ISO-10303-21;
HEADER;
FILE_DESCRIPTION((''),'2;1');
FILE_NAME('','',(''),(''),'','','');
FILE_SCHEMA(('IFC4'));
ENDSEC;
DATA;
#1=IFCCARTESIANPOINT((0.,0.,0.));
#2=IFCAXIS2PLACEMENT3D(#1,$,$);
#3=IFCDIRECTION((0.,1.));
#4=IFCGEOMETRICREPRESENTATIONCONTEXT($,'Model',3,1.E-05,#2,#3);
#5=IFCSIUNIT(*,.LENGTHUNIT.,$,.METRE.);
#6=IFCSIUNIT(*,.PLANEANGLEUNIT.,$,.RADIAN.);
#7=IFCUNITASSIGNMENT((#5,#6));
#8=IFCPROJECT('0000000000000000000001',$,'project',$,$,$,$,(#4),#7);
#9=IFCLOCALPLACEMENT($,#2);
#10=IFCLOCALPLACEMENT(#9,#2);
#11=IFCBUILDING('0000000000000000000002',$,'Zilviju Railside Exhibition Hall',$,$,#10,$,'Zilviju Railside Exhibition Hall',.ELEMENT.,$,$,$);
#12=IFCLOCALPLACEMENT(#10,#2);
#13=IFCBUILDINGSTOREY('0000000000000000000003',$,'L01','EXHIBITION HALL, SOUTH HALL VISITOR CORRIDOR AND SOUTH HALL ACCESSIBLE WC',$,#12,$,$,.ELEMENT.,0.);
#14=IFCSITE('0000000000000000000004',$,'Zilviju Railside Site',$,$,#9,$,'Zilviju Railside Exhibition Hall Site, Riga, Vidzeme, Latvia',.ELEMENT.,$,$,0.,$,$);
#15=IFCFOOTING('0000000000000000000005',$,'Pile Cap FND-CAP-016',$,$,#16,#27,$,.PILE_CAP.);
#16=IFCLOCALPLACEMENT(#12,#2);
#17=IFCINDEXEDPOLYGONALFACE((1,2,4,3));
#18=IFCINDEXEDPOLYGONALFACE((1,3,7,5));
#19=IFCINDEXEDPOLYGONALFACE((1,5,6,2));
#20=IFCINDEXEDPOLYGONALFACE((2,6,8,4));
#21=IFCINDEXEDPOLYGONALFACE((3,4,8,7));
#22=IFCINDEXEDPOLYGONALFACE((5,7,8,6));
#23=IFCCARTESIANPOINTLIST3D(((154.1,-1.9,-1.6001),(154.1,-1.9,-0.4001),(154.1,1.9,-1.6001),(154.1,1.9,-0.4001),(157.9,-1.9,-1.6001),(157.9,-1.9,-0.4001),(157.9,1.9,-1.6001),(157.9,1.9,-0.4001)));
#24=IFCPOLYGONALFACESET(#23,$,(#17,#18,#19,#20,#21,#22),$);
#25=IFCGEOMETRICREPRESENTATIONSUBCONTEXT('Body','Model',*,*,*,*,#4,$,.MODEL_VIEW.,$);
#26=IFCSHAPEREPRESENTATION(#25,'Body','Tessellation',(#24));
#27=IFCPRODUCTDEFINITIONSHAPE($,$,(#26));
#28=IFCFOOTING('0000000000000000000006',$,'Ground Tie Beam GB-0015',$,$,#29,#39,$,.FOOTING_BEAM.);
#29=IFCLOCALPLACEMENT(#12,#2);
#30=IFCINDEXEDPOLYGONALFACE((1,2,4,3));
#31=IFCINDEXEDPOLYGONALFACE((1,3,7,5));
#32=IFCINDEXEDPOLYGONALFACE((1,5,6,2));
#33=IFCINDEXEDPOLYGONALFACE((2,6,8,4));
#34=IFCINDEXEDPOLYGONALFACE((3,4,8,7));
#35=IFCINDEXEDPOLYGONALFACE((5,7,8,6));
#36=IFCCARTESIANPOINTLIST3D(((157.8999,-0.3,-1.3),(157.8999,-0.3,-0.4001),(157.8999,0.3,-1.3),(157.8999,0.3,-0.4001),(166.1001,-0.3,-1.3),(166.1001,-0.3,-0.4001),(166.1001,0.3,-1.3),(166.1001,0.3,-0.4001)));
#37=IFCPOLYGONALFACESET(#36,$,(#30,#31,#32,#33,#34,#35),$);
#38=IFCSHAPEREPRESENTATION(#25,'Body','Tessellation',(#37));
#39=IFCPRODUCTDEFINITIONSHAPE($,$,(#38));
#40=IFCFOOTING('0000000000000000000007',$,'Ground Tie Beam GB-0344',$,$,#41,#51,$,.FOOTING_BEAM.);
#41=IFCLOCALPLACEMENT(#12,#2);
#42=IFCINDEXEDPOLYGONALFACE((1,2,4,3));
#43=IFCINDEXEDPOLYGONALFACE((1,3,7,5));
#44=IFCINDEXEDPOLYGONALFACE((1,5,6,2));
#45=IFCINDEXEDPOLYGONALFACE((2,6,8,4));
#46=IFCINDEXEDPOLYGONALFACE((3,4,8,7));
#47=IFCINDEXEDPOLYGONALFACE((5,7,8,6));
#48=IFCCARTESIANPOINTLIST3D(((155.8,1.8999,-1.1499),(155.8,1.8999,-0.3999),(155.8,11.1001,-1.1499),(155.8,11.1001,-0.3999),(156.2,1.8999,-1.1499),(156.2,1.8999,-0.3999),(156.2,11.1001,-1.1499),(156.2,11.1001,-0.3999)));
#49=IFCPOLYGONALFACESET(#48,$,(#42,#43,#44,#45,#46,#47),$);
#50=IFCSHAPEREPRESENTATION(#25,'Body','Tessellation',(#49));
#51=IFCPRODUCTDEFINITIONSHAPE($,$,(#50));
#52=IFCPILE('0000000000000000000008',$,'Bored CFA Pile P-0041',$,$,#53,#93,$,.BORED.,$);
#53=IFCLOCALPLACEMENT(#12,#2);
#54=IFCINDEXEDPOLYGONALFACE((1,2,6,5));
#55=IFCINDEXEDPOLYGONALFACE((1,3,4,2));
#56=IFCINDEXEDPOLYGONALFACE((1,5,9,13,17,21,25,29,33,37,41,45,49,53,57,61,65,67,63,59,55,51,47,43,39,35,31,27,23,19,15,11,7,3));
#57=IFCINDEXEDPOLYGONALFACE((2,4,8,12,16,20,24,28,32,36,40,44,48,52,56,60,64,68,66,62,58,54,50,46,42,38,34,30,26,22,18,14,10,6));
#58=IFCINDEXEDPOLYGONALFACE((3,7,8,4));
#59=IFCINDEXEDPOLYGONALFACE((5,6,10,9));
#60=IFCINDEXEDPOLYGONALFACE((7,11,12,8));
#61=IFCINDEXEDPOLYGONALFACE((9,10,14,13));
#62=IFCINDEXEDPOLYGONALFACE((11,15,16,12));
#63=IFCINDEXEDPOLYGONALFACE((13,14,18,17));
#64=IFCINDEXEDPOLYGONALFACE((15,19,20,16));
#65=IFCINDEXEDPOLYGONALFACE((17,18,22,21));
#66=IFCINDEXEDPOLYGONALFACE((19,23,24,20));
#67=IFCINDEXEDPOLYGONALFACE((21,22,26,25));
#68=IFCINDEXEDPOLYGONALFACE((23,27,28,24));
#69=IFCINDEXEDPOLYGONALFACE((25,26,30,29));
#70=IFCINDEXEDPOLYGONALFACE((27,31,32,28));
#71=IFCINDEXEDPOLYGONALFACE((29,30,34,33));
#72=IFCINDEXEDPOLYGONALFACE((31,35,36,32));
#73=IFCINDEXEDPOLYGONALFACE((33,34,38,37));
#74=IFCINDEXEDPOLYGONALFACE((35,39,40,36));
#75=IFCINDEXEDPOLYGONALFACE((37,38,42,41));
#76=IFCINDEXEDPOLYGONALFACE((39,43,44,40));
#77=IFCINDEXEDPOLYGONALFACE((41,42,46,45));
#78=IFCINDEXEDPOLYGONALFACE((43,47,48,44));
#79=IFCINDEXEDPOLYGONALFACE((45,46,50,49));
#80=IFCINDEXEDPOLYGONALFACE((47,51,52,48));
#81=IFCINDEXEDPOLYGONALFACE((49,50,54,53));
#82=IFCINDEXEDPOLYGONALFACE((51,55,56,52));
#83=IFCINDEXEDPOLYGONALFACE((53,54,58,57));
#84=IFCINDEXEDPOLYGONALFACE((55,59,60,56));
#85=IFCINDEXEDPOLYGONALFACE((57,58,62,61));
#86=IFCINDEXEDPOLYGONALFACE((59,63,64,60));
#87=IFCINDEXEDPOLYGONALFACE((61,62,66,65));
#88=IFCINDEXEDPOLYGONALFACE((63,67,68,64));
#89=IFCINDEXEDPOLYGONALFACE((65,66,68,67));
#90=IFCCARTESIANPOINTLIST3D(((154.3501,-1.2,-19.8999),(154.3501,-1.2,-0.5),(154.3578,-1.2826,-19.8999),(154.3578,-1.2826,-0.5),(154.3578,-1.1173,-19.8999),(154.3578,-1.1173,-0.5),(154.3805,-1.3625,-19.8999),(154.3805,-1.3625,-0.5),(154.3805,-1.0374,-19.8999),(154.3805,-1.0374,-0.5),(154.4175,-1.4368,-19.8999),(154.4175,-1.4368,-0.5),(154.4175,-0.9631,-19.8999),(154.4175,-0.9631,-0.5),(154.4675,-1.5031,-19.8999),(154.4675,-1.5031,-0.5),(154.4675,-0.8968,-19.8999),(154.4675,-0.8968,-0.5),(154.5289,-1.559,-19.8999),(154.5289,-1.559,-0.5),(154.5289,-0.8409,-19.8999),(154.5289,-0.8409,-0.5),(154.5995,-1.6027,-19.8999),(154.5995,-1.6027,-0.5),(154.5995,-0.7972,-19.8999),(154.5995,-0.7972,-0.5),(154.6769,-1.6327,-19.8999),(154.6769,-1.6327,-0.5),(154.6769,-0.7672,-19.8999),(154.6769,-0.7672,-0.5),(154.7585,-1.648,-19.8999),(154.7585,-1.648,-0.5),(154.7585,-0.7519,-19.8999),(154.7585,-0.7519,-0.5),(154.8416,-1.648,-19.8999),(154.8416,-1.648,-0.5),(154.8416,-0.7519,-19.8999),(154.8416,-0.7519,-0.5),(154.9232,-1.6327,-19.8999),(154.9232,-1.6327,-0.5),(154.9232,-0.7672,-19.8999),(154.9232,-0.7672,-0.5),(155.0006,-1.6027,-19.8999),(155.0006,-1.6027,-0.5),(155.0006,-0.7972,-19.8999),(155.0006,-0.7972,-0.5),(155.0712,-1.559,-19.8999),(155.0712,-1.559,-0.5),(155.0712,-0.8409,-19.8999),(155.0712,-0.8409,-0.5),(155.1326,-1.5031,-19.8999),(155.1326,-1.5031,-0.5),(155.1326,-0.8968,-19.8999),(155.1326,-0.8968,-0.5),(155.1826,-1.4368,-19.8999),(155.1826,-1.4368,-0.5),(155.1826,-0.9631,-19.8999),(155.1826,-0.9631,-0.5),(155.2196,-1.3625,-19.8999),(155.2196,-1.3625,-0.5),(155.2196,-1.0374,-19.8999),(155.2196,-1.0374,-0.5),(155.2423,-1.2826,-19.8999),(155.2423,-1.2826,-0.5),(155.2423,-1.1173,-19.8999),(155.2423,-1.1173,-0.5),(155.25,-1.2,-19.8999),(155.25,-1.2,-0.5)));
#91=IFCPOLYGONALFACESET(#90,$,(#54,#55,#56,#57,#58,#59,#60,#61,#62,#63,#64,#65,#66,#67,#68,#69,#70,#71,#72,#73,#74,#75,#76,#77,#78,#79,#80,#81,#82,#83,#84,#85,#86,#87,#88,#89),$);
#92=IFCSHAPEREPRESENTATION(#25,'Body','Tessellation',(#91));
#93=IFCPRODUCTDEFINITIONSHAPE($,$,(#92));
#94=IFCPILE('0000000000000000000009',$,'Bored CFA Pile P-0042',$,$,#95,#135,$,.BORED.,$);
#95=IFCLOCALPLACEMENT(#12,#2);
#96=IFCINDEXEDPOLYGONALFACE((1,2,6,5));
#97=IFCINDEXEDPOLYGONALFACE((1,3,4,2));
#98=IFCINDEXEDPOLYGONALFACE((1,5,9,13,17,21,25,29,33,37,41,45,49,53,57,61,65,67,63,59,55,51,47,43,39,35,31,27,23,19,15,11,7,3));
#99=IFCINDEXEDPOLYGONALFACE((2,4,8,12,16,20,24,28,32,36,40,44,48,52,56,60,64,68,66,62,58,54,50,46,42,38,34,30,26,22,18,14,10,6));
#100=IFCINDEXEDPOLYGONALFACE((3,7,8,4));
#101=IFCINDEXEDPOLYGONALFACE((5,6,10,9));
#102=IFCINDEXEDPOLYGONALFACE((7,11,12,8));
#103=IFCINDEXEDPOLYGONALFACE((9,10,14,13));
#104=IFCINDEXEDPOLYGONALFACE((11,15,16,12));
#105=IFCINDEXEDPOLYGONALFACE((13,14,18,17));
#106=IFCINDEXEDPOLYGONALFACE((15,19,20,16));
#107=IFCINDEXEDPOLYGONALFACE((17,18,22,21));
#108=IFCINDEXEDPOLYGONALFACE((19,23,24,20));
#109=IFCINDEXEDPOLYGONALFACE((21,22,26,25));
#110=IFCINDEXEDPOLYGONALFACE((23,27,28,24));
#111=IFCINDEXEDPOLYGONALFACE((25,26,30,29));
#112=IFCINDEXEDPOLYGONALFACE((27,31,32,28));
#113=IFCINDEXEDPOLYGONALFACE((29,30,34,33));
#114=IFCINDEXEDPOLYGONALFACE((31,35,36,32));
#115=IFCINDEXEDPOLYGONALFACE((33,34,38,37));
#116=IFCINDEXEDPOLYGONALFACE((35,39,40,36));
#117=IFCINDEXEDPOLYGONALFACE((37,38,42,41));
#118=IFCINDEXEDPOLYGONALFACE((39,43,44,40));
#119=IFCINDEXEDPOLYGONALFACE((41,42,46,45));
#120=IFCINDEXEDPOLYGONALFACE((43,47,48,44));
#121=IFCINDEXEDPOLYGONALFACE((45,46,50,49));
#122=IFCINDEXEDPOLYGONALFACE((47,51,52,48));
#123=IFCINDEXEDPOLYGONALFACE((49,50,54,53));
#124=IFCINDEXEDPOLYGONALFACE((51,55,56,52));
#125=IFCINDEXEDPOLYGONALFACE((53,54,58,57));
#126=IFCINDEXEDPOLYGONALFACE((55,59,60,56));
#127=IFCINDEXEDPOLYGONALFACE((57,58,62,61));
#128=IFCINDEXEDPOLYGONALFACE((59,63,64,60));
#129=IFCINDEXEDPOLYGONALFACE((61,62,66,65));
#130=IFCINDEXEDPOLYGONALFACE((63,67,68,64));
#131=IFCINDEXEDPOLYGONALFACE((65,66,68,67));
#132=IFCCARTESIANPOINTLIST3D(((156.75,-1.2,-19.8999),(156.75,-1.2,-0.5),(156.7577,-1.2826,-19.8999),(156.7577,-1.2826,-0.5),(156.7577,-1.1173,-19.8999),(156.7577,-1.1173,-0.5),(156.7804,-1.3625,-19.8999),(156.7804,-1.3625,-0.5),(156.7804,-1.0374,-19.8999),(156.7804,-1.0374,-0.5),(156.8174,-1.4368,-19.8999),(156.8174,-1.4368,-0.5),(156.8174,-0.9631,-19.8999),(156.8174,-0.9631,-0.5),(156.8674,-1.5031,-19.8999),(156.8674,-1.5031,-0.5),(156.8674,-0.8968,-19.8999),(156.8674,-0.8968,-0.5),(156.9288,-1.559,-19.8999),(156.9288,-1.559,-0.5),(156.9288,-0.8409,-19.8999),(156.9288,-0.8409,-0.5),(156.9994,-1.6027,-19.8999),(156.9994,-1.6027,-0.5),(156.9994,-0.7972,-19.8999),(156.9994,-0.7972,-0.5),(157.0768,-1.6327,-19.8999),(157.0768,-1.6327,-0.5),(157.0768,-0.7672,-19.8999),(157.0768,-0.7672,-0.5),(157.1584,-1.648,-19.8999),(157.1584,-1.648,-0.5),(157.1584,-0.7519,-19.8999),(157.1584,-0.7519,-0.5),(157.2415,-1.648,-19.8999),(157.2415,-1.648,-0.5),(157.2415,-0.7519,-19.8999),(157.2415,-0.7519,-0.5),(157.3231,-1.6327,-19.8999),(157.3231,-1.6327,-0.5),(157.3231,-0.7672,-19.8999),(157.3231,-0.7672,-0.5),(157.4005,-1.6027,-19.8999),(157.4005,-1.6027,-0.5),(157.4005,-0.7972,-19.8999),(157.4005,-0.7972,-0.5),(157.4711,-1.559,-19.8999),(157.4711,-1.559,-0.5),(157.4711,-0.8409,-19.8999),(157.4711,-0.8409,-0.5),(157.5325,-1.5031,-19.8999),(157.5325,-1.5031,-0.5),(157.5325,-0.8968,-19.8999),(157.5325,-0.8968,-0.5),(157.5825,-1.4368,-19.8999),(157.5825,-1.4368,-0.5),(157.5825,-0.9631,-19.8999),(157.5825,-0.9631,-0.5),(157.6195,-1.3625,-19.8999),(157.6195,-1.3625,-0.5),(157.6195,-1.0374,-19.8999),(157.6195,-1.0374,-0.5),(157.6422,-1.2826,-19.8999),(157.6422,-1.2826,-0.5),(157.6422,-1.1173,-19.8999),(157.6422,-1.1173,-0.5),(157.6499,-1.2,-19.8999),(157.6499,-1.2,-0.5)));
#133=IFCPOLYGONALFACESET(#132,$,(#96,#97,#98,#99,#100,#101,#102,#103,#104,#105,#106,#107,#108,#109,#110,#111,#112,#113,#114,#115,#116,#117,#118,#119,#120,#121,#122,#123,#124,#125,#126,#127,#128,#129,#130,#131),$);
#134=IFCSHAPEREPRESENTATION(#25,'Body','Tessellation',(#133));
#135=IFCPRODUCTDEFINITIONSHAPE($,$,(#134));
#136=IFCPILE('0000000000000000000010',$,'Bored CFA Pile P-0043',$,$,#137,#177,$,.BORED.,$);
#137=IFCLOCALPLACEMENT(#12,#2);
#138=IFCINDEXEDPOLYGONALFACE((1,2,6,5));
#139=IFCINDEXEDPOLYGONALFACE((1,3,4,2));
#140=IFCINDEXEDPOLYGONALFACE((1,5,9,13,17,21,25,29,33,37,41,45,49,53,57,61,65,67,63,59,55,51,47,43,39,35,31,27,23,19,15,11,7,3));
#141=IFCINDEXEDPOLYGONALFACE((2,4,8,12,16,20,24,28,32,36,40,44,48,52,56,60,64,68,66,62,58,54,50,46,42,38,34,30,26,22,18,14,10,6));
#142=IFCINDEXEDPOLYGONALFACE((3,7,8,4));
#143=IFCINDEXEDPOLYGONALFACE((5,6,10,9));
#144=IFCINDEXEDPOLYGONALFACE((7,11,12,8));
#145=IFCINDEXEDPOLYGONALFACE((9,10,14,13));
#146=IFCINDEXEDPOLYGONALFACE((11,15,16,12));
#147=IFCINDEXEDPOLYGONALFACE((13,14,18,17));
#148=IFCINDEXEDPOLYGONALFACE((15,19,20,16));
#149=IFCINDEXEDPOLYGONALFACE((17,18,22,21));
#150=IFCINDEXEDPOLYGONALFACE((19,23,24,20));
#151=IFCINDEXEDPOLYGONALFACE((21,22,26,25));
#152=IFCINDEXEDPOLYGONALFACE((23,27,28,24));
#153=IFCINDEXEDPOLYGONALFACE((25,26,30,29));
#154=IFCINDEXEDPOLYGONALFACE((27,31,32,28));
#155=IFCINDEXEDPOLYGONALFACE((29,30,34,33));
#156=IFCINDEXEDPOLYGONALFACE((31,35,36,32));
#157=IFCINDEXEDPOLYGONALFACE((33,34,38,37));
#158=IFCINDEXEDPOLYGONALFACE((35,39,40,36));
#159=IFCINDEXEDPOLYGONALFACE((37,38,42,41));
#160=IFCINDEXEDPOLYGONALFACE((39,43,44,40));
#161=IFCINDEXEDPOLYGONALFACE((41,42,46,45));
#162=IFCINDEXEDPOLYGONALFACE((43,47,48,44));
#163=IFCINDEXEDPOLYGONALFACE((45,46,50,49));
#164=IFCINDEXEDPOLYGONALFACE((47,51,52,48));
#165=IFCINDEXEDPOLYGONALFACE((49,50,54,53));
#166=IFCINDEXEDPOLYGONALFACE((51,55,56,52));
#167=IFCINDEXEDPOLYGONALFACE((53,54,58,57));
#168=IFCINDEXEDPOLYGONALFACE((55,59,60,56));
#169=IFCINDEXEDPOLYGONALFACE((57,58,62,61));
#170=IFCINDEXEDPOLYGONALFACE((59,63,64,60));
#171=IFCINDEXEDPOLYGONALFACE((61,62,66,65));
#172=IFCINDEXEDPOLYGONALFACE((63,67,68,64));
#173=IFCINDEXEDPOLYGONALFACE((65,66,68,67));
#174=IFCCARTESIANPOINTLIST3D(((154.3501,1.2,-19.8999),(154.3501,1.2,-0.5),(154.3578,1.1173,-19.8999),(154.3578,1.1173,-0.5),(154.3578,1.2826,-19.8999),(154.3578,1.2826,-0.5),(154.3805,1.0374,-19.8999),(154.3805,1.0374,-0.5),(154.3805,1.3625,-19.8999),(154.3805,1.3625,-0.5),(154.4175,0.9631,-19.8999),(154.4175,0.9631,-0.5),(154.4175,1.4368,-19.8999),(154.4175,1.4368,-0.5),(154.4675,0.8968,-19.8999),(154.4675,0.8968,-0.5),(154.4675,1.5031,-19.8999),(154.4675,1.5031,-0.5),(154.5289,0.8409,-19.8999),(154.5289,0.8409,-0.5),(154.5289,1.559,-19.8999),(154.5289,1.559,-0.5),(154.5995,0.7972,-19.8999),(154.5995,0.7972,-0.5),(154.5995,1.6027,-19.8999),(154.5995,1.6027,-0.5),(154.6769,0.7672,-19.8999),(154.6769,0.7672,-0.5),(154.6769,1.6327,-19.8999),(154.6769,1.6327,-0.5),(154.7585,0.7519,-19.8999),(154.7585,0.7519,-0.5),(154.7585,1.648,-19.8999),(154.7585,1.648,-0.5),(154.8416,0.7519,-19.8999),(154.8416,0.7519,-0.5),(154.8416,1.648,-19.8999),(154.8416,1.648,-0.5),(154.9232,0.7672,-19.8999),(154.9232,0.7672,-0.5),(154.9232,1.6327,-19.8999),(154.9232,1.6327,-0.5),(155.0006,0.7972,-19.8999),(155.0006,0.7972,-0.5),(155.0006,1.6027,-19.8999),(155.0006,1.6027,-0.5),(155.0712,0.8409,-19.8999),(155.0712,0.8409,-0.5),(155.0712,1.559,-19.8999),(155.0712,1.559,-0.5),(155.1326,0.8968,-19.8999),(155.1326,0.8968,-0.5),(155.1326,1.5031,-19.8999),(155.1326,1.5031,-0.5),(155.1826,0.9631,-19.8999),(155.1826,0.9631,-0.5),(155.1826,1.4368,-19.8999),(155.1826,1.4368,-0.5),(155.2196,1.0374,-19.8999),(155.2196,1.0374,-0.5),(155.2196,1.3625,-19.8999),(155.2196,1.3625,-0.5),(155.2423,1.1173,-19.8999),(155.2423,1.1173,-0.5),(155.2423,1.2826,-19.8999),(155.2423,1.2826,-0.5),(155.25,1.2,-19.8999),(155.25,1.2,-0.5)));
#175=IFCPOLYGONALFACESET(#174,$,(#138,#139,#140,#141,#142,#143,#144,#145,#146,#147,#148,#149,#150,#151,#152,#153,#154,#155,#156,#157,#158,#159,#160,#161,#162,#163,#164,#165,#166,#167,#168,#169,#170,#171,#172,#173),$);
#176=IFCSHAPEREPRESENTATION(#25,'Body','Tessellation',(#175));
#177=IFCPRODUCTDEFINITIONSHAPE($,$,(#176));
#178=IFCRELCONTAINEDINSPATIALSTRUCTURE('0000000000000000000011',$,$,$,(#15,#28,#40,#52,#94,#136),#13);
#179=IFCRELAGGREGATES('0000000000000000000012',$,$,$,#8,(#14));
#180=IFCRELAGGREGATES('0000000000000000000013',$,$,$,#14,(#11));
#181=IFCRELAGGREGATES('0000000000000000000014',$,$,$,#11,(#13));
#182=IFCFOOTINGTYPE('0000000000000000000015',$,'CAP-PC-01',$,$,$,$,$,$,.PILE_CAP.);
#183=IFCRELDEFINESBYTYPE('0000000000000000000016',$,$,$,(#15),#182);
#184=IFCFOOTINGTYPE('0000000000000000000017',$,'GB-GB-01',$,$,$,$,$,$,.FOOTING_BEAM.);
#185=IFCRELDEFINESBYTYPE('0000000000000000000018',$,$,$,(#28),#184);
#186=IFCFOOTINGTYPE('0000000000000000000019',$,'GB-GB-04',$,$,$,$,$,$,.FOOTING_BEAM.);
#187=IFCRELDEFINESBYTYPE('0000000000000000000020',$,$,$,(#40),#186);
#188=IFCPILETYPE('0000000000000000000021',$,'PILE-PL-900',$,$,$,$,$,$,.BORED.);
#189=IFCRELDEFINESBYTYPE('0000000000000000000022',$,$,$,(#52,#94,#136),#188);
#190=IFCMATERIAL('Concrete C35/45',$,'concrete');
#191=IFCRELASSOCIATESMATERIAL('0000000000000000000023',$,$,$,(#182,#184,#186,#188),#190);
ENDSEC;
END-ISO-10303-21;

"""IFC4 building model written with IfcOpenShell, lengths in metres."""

from ifc_helpers import new_model, si_unit, direction, frame, origin, origin_2d, place, context, subcontext, project, spatial, rectangle, circle, extrude, material, material_profile, profile_set, type_object, element, save


model = new_model("IFC4")

# Units and contexts
model_context = context("Model", 3, precision=1e-05, world=origin(), true_north=direction((0.0, 1.0)))
body_context = subcontext(model_context, "Body", "Model", "MODEL_VIEW")
ifc_project = project(units=[si_unit("LENGTHUNIT", "METRE"), si_unit("PLANEANGLEUNIT", "RADIAN")], contexts=[model_context])

# Site, building, storey
site_placement = place(None, origin())
site = spatial("IfcSite", under=ifc_project, at=site_placement, Name="Zilviju Railside Site", LongName="Zilviju Railside Exhibition Hall Site, Riga, Vidzeme, Latvia", CompositionType="ELEMENT", RefElevation=0.0)
building_placement = place(site_placement, origin())
building = spatial("IfcBuilding", under=site, at=building_placement, Name="Zilviju Railside Exhibition Hall", LongName="Zilviju Railside Exhibition Hall", CompositionType="ELEMENT")
storey_placement = place(building_placement, origin())
storey = spatial("IfcBuildingStorey", under=building, at=storey_placement, Name="L01", Description="EXHIBITION HALL, SOUTH HALL VISITOR CORRIDOR AND SOUTH HALL ACCESSIBLE WC", CompositionType="ELEMENT", Elevation=0.0)

# Footings
ifc_material_1 = material(Name="Concrete C35/45", Category="concrete")
footing_type_1 = type_object("IfcFootingType", Name="CAP-PC-01", PredefinedType="PILE_CAP", material=ifc_material_1)
footing_1_placement = place(storey_placement, frame((156.0, 0.0, -1.6001), z_axis=(0.0, 0.0, 1.0), x_axis=(1.0, 0.0, 0.0)))
element("IfcFooting", 1, at=footing_1_placement, inside=storey, type_object=footing_type_1, Name="Pile Cap FND-CAP-016", PredefinedType="PILE_CAP", context=body_context, shape_type="SweptSolid", body=[
    extrude(rectangle(XDim=3.8, YDim=3.8, at=origin_2d()), origin(), (0.0, 0.0, 1.0), 1.2),
])
ifc_material_profile_1 = material_profile(ifc_material_1, rectangle(XDim=0.6001, YDim=0.8999, at=origin_2d()), Name="TIE BEAM 600x900")
ifc_profile_set_1 = profile_set([ifc_material_profile_1], Name="Concrete C35/45")
footing_type_2 = type_object("IfcFootingType", Name="GB-GB-01", PredefinedType="FOOTING_BEAM", material=ifc_profile_set_1)
footing_2_placement = place(storey_placement, frame((157.8999, 0.0, -0.8501), z_axis=(1.0, 0.0, 0.0), x_axis=(0.0, 1.0, 0.0)))
element("IfcFooting", 2, at=footing_2_placement, inside=storey, type_object=footing_type_2, Name="Ground Tie Beam GB-0015", PredefinedType="FOOTING_BEAM", context=body_context, shape_type="SweptSolid", body=[
    extrude(rectangle(XDim=0.6001, YDim=0.8999, at=origin_2d()), origin(), (0.0, 0.0, 1.0), 8.2002),
])
ifc_material_profile_2 = material_profile(ifc_material_1, rectangle(XDim=0.3999, YDim=0.75, at=origin_2d()), Name="TIE BEAM 400x750")
ifc_profile_set_2 = profile_set([ifc_material_profile_2], Name="Concrete C35/45")
footing_type_3 = type_object("IfcFootingType", Name="GB-GB-04", PredefinedType="FOOTING_BEAM", material=ifc_profile_set_2)
footing_3_placement = place(storey_placement, frame((156.0, 1.8999, -0.7749), z_axis=(0.0, 1.0, 0.0), x_axis=(-1.0, 0.0, 0.0)))
element("IfcFooting", 3, at=footing_3_placement, inside=storey, type_object=footing_type_3, Name="Ground Tie Beam GB-0344", PredefinedType="FOOTING_BEAM", context=body_context, shape_type="SweptSolid", body=[
    extrude(rectangle(XDim=0.3999, YDim=0.75, at=origin_2d()), origin(), (0.0, 0.0, 1.0), 9.2002),
])

# Piles
ifc_material_profile_3 = material_profile(ifc_material_1, circle(Radius=0.45, at=origin_2d()), Name="CFA PILE D900")
ifc_profile_set_3 = profile_set([ifc_material_profile_3], Name="Concrete C35/45")
pile_type = type_object("IfcPileType", Name="PILE-PL-900", PredefinedType="BORED", material=ifc_profile_set_3)
for number, where, z_axis, x_axis, name in (
    (4, (154.8, -1.2, -0.5), (0.0, 0.0, -1.0), (1.0, 0.0, 0.0), "Bored CFA Pile P-0041"),
    (5, (157.2, -1.2, -0.5), (0.0, 0.0, -1.0), (1.0, 0.0, 0.0), "Bored CFA Pile P-0042"),
    (6, (154.8, 1.2, -0.5), (0.0, 0.0, -1.0), (1.0, 0.0, 0.0), "Bored CFA Pile P-0043"),
):
    element("IfcPile", number, at=place(storey_placement, frame(where, z_axis=z_axis, x_axis=x_axis)), inside=storey, type_object=pile_type, Name=name, PredefinedType="BORED", context=body_context, shape_type="SweptSolid", body=[
        extrude(circle(Radius=0.45, at=origin_2d()), origin(), (0.0, 0.0, 1.0), 19.3999),
    ])

save(model, "model.ifc")
